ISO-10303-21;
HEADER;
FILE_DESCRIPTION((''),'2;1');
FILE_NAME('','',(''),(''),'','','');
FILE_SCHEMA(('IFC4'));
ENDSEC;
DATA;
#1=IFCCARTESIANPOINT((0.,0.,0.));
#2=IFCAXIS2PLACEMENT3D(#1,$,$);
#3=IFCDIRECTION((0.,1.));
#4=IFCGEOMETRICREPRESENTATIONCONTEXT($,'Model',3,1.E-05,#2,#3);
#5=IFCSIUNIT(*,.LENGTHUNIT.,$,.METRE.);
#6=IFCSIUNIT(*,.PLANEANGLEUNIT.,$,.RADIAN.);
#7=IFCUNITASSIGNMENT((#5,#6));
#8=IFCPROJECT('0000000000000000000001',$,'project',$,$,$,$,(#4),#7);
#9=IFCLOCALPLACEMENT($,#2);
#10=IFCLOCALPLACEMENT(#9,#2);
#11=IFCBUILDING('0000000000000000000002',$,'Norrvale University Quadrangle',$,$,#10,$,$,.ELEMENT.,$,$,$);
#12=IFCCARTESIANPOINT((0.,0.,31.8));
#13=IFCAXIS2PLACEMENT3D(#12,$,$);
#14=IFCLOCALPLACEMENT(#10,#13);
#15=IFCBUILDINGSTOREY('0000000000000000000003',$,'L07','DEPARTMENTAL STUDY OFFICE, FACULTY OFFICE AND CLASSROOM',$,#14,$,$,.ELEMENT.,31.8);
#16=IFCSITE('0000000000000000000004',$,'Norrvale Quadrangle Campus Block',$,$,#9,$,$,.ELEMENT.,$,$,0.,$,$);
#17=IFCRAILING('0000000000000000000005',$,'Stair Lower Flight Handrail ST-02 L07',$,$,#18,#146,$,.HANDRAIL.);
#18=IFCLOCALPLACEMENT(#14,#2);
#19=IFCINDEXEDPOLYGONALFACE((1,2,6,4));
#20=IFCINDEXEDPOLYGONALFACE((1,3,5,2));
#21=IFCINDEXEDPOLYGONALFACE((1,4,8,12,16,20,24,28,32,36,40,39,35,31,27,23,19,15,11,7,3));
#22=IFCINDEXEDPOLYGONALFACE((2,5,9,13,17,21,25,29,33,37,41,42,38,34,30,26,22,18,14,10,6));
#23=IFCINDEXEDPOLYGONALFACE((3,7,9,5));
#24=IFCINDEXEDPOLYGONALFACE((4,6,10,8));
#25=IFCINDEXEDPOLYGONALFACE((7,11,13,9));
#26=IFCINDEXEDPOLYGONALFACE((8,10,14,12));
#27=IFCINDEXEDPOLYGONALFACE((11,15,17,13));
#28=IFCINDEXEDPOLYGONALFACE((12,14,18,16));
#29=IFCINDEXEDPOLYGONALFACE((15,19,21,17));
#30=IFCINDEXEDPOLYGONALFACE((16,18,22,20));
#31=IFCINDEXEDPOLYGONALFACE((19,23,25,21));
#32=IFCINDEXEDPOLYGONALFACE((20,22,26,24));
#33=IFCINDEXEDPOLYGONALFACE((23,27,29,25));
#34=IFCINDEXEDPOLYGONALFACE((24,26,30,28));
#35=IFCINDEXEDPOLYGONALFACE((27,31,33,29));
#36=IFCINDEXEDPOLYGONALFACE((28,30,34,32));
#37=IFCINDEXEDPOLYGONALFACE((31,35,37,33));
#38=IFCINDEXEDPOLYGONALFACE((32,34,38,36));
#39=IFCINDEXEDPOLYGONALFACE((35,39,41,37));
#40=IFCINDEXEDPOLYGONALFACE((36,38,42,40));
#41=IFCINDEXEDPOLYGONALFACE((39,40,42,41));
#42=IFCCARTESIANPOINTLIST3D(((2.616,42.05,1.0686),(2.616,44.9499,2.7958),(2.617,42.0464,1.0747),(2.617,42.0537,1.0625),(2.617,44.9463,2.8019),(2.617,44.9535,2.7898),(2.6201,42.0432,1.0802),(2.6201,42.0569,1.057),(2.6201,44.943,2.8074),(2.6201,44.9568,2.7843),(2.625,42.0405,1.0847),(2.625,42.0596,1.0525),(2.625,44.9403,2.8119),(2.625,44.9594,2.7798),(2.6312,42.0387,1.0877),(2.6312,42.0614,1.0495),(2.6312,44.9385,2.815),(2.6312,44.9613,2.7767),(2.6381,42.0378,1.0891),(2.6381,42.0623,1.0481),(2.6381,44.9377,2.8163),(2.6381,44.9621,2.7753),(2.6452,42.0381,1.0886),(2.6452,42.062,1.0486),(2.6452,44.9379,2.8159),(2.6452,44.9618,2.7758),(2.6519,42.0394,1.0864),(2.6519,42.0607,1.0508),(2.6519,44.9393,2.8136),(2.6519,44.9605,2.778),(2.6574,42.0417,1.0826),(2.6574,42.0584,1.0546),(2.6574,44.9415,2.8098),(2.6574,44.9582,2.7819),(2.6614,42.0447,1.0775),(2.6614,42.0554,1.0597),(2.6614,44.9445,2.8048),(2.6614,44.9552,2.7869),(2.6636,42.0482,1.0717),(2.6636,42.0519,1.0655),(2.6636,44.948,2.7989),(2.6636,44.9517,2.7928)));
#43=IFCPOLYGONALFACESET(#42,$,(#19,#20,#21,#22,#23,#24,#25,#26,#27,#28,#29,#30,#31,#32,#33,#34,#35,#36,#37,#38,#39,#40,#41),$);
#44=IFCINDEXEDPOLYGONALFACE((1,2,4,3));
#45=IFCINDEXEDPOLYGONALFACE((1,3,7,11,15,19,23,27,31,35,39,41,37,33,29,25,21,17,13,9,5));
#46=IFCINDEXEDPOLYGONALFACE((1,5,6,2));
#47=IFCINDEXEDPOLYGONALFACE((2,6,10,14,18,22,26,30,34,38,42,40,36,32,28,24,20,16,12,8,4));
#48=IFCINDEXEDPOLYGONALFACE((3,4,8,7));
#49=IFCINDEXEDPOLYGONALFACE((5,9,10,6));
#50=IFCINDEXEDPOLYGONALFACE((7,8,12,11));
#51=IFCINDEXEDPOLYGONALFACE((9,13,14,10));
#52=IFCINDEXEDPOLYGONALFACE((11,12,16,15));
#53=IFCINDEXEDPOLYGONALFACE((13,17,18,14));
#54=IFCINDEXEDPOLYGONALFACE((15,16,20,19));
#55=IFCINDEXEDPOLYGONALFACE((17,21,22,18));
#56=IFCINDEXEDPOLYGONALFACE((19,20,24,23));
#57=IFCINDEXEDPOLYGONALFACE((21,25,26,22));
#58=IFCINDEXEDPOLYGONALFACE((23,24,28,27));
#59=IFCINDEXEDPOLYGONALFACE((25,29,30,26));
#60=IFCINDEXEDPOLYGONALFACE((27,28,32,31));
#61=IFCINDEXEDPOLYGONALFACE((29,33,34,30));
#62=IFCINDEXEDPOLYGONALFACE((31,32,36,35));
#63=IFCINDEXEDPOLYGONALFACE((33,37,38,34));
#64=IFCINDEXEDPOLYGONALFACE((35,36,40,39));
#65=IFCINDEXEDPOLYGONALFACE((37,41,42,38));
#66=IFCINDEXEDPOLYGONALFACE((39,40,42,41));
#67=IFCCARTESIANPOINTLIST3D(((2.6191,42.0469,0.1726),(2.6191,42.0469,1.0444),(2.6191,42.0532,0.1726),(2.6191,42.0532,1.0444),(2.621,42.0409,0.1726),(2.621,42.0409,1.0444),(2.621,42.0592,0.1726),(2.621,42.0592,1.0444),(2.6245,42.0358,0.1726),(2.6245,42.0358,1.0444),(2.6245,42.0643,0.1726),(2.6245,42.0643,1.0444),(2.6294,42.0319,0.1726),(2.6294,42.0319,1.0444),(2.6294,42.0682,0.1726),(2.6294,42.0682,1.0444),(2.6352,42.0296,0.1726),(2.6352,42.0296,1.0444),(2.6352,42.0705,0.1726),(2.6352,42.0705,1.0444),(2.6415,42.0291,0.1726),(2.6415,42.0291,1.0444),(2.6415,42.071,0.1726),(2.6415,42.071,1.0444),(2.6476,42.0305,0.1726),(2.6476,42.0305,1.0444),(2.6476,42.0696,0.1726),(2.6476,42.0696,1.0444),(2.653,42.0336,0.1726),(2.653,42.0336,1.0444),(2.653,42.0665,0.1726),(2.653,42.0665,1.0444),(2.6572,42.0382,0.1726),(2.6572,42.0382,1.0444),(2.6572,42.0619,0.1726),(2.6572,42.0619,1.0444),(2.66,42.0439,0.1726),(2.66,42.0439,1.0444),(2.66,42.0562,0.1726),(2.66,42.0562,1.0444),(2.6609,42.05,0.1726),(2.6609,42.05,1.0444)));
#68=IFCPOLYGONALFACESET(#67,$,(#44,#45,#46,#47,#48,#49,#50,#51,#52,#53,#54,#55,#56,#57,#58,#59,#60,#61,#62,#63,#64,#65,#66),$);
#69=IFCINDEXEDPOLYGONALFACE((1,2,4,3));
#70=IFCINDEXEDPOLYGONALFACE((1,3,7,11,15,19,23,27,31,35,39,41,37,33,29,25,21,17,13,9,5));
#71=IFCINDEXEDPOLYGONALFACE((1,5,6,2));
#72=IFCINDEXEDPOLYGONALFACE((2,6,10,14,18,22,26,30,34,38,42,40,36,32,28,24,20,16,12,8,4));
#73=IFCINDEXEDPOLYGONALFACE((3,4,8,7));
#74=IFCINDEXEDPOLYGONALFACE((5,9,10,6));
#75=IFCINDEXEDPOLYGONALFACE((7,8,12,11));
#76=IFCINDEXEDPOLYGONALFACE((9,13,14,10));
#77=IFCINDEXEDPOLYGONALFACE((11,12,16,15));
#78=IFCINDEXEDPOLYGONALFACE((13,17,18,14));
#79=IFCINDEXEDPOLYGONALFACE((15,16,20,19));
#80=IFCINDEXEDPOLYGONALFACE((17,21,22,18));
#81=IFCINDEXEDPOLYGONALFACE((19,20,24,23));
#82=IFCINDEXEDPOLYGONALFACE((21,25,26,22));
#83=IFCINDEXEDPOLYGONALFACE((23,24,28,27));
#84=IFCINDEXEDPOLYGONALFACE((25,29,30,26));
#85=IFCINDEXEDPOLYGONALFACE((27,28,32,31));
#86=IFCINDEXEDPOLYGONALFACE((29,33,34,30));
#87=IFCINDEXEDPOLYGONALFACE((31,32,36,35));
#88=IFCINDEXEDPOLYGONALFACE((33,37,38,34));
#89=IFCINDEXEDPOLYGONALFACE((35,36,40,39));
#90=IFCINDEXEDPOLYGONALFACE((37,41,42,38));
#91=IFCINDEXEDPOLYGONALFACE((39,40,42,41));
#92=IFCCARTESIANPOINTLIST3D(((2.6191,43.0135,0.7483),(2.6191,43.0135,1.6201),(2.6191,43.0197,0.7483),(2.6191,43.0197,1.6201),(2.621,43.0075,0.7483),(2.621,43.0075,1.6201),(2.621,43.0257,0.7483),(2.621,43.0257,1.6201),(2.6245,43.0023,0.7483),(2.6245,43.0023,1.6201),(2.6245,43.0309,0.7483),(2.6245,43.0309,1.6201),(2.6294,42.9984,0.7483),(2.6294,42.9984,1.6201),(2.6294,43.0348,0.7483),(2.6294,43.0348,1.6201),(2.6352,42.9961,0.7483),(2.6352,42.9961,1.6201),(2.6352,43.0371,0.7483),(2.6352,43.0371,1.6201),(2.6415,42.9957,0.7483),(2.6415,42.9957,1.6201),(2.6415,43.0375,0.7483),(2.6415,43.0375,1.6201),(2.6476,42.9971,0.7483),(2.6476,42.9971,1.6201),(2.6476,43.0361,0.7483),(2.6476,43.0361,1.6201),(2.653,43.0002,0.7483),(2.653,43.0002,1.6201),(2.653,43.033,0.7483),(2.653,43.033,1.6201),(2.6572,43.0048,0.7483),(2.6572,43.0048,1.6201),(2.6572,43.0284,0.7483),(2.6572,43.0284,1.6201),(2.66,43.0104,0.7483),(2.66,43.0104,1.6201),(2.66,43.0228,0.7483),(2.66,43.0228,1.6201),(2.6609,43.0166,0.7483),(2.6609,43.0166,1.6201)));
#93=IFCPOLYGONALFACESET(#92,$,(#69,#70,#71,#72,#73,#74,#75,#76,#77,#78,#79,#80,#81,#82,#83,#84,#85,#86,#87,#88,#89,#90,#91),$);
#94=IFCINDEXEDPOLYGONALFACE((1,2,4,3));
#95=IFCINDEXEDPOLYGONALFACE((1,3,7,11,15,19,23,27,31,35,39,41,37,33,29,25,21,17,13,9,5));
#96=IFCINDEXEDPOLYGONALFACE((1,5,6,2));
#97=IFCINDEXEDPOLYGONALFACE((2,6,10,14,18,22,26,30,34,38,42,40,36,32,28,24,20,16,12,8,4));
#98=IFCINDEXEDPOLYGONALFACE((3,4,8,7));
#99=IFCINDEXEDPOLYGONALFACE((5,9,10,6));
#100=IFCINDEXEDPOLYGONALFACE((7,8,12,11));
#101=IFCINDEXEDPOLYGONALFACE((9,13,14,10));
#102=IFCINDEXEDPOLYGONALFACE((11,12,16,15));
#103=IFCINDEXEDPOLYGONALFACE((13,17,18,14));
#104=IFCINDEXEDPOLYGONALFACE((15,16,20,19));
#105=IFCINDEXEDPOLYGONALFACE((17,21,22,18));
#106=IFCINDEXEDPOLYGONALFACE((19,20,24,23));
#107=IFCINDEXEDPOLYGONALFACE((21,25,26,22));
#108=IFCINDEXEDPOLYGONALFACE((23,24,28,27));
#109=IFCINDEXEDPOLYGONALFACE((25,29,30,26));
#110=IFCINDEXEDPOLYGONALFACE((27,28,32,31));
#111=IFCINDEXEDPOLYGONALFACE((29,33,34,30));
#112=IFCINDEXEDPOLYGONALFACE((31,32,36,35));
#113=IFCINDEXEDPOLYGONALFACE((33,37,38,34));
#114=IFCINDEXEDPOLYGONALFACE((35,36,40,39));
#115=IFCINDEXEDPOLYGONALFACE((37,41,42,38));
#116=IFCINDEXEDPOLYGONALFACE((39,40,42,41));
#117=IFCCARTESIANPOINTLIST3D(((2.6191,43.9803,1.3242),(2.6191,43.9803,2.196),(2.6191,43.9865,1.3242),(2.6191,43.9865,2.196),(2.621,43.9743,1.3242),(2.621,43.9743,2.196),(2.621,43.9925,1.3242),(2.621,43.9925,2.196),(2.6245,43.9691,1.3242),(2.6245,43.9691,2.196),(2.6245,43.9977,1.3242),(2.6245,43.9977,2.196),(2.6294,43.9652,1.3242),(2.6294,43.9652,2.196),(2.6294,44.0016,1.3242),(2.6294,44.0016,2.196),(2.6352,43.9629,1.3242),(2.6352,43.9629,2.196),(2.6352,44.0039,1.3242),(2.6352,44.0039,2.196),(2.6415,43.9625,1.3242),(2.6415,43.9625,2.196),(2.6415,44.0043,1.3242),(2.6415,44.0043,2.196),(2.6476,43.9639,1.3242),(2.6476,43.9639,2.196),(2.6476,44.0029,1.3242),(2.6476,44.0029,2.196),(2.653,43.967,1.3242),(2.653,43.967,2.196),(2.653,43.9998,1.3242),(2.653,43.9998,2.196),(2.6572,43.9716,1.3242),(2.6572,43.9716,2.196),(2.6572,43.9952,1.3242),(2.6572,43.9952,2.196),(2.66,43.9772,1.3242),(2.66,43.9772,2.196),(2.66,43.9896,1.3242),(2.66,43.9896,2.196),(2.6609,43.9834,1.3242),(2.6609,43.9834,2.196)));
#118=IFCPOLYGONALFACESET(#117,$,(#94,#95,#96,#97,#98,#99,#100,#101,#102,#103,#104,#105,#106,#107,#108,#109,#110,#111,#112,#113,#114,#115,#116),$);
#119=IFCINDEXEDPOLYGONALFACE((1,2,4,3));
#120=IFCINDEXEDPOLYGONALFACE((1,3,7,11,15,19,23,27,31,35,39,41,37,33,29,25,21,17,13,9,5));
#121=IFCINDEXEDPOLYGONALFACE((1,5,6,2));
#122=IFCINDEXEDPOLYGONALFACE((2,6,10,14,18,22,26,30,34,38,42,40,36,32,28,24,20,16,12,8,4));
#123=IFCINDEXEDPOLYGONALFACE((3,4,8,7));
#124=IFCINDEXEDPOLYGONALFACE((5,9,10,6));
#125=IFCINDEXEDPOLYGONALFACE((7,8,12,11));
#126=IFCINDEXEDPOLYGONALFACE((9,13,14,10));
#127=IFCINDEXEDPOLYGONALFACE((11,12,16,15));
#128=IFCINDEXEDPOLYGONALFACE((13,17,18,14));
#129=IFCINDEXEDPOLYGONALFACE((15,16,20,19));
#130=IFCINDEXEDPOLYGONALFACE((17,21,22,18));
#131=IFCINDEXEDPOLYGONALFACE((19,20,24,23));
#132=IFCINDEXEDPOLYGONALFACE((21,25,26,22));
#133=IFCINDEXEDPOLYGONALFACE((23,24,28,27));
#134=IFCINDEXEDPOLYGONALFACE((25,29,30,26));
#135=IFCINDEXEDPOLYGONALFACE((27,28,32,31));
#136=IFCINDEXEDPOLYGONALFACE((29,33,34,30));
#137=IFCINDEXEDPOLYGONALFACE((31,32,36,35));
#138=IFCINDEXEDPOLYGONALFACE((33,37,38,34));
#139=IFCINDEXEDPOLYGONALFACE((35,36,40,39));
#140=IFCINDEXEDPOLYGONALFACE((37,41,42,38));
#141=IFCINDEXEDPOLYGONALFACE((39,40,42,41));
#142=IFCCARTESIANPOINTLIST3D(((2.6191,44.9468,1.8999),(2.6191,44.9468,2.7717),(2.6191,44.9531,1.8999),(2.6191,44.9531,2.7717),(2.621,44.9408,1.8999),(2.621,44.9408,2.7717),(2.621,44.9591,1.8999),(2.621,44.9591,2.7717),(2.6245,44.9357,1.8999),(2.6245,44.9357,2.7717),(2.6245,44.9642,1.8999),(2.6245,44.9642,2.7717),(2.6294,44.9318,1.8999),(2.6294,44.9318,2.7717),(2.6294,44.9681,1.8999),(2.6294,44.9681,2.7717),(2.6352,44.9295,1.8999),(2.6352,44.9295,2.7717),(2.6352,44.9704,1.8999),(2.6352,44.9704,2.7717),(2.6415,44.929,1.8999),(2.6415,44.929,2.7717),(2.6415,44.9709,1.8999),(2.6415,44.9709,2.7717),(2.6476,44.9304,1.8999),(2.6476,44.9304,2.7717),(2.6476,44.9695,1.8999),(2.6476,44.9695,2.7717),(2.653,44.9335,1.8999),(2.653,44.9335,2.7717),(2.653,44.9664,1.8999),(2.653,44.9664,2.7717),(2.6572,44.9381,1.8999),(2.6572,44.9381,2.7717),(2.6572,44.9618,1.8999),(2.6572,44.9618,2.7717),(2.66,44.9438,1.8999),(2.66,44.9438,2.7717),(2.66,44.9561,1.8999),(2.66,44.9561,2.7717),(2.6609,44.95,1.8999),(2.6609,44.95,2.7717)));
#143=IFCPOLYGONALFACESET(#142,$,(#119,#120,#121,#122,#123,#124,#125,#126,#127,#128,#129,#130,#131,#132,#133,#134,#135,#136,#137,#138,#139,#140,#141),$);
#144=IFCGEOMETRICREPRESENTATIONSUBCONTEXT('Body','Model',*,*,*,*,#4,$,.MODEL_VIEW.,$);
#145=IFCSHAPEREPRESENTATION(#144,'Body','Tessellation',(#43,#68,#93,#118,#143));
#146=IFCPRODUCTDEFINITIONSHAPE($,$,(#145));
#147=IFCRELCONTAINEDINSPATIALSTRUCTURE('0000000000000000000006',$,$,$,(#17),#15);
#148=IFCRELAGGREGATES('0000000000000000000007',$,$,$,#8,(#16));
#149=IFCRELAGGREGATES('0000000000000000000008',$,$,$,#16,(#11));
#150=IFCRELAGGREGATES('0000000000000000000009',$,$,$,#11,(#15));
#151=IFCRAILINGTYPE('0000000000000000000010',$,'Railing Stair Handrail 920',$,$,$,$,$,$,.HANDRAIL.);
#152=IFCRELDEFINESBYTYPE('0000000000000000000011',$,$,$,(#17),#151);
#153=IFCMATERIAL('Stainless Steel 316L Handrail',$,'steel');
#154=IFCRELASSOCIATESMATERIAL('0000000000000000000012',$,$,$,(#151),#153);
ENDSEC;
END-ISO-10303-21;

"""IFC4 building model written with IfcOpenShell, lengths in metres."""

from ifc_helpers import new_model, si_unit, direction, frame, origin, origin_2d, place, context, subcontext, project, spatial, circle, extrude, material, type_object, element, save


model = new_model("IFC4")

# Units and contexts
model_context = context("Model", 3, precision=1e-05, world=origin(), true_north=direction((0.0, 1.0)))
body_context = subcontext(model_context, "Body", "Model", "MODEL_VIEW")
ifc_project = project(units=[si_unit("LENGTHUNIT", "METRE"), si_unit("PLANEANGLEUNIT", "RADIAN")], contexts=[model_context])

# Site, building, storey
site_placement = place(None, origin())
site = spatial("IfcSite", under=ifc_project, at=site_placement, Name="Norrvale Quadrangle Campus Block", CompositionType="ELEMENT", RefElevation=0.0)
building_placement = place(site_placement, origin())
building = spatial("IfcBuilding", under=site, at=building_placement, Name="Norrvale University Quadrangle", CompositionType="ELEMENT")
storey_placement = place(building_placement, frame((0.0, 0.0, 31.8)))
storey = spatial("IfcBuildingStorey", under=building, at=storey_placement, Name="L07", Description="DEPARTMENTAL STUDY OFFICE, FACULTY OFFICE AND CLASSROOM", CompositionType="ELEMENT", Elevation=31.8)

# Railing
ifc_material_1 = material(Name="Stainless Steel 316L Handrail", Category="steel")
railing_type_1 = type_object("IfcRailingType", Name="Railing Stair Handrail 920", PredefinedType="HANDRAIL", material=ifc_material_1)
railing_1_placement = place(storey_placement, frame((2.6399, 42.05, 0.1726)))
element("IfcRailing", 1, at=railing_1_placement, inside=storey, type_object=railing_type_1, Name="Stair Lower Flight Handrail ST-02 L07", PredefinedType="HANDRAIL", context=body_context, shape_type="SweptSolid", body=[
    extrude(circle(Radius=0.0239, at=origin_2d()), frame((0.0, 0.0, 0.896), z_axis=(0.0, 0.859141, 0.511738), x_axis=(-1.0, 0.0, 0.0)), (0.0, 0.0, 1.0), 3.3752),
    extrude(circle(Radius=0.021, at=origin_2d()), origin(), (0.0, 0.0, 1.0), 0.8718),
    extrude(circle(Radius=0.021, at=origin_2d()), frame((0.0, 0.9666, 0.5757)), (0.0, 0.0, 1.0), 0.8718),
    extrude(circle(Radius=0.021, at=origin_2d()), frame((0.0, 1.9333, 1.1516)), (0.0, 0.0, 1.0), 0.8718),
    extrude(circle(Radius=0.021, at=origin_2d()), frame((0.0, 2.8999, 1.7273)), (0.0, 0.0, 1.0), 0.8718),
])

save(model, "model.ifc")
